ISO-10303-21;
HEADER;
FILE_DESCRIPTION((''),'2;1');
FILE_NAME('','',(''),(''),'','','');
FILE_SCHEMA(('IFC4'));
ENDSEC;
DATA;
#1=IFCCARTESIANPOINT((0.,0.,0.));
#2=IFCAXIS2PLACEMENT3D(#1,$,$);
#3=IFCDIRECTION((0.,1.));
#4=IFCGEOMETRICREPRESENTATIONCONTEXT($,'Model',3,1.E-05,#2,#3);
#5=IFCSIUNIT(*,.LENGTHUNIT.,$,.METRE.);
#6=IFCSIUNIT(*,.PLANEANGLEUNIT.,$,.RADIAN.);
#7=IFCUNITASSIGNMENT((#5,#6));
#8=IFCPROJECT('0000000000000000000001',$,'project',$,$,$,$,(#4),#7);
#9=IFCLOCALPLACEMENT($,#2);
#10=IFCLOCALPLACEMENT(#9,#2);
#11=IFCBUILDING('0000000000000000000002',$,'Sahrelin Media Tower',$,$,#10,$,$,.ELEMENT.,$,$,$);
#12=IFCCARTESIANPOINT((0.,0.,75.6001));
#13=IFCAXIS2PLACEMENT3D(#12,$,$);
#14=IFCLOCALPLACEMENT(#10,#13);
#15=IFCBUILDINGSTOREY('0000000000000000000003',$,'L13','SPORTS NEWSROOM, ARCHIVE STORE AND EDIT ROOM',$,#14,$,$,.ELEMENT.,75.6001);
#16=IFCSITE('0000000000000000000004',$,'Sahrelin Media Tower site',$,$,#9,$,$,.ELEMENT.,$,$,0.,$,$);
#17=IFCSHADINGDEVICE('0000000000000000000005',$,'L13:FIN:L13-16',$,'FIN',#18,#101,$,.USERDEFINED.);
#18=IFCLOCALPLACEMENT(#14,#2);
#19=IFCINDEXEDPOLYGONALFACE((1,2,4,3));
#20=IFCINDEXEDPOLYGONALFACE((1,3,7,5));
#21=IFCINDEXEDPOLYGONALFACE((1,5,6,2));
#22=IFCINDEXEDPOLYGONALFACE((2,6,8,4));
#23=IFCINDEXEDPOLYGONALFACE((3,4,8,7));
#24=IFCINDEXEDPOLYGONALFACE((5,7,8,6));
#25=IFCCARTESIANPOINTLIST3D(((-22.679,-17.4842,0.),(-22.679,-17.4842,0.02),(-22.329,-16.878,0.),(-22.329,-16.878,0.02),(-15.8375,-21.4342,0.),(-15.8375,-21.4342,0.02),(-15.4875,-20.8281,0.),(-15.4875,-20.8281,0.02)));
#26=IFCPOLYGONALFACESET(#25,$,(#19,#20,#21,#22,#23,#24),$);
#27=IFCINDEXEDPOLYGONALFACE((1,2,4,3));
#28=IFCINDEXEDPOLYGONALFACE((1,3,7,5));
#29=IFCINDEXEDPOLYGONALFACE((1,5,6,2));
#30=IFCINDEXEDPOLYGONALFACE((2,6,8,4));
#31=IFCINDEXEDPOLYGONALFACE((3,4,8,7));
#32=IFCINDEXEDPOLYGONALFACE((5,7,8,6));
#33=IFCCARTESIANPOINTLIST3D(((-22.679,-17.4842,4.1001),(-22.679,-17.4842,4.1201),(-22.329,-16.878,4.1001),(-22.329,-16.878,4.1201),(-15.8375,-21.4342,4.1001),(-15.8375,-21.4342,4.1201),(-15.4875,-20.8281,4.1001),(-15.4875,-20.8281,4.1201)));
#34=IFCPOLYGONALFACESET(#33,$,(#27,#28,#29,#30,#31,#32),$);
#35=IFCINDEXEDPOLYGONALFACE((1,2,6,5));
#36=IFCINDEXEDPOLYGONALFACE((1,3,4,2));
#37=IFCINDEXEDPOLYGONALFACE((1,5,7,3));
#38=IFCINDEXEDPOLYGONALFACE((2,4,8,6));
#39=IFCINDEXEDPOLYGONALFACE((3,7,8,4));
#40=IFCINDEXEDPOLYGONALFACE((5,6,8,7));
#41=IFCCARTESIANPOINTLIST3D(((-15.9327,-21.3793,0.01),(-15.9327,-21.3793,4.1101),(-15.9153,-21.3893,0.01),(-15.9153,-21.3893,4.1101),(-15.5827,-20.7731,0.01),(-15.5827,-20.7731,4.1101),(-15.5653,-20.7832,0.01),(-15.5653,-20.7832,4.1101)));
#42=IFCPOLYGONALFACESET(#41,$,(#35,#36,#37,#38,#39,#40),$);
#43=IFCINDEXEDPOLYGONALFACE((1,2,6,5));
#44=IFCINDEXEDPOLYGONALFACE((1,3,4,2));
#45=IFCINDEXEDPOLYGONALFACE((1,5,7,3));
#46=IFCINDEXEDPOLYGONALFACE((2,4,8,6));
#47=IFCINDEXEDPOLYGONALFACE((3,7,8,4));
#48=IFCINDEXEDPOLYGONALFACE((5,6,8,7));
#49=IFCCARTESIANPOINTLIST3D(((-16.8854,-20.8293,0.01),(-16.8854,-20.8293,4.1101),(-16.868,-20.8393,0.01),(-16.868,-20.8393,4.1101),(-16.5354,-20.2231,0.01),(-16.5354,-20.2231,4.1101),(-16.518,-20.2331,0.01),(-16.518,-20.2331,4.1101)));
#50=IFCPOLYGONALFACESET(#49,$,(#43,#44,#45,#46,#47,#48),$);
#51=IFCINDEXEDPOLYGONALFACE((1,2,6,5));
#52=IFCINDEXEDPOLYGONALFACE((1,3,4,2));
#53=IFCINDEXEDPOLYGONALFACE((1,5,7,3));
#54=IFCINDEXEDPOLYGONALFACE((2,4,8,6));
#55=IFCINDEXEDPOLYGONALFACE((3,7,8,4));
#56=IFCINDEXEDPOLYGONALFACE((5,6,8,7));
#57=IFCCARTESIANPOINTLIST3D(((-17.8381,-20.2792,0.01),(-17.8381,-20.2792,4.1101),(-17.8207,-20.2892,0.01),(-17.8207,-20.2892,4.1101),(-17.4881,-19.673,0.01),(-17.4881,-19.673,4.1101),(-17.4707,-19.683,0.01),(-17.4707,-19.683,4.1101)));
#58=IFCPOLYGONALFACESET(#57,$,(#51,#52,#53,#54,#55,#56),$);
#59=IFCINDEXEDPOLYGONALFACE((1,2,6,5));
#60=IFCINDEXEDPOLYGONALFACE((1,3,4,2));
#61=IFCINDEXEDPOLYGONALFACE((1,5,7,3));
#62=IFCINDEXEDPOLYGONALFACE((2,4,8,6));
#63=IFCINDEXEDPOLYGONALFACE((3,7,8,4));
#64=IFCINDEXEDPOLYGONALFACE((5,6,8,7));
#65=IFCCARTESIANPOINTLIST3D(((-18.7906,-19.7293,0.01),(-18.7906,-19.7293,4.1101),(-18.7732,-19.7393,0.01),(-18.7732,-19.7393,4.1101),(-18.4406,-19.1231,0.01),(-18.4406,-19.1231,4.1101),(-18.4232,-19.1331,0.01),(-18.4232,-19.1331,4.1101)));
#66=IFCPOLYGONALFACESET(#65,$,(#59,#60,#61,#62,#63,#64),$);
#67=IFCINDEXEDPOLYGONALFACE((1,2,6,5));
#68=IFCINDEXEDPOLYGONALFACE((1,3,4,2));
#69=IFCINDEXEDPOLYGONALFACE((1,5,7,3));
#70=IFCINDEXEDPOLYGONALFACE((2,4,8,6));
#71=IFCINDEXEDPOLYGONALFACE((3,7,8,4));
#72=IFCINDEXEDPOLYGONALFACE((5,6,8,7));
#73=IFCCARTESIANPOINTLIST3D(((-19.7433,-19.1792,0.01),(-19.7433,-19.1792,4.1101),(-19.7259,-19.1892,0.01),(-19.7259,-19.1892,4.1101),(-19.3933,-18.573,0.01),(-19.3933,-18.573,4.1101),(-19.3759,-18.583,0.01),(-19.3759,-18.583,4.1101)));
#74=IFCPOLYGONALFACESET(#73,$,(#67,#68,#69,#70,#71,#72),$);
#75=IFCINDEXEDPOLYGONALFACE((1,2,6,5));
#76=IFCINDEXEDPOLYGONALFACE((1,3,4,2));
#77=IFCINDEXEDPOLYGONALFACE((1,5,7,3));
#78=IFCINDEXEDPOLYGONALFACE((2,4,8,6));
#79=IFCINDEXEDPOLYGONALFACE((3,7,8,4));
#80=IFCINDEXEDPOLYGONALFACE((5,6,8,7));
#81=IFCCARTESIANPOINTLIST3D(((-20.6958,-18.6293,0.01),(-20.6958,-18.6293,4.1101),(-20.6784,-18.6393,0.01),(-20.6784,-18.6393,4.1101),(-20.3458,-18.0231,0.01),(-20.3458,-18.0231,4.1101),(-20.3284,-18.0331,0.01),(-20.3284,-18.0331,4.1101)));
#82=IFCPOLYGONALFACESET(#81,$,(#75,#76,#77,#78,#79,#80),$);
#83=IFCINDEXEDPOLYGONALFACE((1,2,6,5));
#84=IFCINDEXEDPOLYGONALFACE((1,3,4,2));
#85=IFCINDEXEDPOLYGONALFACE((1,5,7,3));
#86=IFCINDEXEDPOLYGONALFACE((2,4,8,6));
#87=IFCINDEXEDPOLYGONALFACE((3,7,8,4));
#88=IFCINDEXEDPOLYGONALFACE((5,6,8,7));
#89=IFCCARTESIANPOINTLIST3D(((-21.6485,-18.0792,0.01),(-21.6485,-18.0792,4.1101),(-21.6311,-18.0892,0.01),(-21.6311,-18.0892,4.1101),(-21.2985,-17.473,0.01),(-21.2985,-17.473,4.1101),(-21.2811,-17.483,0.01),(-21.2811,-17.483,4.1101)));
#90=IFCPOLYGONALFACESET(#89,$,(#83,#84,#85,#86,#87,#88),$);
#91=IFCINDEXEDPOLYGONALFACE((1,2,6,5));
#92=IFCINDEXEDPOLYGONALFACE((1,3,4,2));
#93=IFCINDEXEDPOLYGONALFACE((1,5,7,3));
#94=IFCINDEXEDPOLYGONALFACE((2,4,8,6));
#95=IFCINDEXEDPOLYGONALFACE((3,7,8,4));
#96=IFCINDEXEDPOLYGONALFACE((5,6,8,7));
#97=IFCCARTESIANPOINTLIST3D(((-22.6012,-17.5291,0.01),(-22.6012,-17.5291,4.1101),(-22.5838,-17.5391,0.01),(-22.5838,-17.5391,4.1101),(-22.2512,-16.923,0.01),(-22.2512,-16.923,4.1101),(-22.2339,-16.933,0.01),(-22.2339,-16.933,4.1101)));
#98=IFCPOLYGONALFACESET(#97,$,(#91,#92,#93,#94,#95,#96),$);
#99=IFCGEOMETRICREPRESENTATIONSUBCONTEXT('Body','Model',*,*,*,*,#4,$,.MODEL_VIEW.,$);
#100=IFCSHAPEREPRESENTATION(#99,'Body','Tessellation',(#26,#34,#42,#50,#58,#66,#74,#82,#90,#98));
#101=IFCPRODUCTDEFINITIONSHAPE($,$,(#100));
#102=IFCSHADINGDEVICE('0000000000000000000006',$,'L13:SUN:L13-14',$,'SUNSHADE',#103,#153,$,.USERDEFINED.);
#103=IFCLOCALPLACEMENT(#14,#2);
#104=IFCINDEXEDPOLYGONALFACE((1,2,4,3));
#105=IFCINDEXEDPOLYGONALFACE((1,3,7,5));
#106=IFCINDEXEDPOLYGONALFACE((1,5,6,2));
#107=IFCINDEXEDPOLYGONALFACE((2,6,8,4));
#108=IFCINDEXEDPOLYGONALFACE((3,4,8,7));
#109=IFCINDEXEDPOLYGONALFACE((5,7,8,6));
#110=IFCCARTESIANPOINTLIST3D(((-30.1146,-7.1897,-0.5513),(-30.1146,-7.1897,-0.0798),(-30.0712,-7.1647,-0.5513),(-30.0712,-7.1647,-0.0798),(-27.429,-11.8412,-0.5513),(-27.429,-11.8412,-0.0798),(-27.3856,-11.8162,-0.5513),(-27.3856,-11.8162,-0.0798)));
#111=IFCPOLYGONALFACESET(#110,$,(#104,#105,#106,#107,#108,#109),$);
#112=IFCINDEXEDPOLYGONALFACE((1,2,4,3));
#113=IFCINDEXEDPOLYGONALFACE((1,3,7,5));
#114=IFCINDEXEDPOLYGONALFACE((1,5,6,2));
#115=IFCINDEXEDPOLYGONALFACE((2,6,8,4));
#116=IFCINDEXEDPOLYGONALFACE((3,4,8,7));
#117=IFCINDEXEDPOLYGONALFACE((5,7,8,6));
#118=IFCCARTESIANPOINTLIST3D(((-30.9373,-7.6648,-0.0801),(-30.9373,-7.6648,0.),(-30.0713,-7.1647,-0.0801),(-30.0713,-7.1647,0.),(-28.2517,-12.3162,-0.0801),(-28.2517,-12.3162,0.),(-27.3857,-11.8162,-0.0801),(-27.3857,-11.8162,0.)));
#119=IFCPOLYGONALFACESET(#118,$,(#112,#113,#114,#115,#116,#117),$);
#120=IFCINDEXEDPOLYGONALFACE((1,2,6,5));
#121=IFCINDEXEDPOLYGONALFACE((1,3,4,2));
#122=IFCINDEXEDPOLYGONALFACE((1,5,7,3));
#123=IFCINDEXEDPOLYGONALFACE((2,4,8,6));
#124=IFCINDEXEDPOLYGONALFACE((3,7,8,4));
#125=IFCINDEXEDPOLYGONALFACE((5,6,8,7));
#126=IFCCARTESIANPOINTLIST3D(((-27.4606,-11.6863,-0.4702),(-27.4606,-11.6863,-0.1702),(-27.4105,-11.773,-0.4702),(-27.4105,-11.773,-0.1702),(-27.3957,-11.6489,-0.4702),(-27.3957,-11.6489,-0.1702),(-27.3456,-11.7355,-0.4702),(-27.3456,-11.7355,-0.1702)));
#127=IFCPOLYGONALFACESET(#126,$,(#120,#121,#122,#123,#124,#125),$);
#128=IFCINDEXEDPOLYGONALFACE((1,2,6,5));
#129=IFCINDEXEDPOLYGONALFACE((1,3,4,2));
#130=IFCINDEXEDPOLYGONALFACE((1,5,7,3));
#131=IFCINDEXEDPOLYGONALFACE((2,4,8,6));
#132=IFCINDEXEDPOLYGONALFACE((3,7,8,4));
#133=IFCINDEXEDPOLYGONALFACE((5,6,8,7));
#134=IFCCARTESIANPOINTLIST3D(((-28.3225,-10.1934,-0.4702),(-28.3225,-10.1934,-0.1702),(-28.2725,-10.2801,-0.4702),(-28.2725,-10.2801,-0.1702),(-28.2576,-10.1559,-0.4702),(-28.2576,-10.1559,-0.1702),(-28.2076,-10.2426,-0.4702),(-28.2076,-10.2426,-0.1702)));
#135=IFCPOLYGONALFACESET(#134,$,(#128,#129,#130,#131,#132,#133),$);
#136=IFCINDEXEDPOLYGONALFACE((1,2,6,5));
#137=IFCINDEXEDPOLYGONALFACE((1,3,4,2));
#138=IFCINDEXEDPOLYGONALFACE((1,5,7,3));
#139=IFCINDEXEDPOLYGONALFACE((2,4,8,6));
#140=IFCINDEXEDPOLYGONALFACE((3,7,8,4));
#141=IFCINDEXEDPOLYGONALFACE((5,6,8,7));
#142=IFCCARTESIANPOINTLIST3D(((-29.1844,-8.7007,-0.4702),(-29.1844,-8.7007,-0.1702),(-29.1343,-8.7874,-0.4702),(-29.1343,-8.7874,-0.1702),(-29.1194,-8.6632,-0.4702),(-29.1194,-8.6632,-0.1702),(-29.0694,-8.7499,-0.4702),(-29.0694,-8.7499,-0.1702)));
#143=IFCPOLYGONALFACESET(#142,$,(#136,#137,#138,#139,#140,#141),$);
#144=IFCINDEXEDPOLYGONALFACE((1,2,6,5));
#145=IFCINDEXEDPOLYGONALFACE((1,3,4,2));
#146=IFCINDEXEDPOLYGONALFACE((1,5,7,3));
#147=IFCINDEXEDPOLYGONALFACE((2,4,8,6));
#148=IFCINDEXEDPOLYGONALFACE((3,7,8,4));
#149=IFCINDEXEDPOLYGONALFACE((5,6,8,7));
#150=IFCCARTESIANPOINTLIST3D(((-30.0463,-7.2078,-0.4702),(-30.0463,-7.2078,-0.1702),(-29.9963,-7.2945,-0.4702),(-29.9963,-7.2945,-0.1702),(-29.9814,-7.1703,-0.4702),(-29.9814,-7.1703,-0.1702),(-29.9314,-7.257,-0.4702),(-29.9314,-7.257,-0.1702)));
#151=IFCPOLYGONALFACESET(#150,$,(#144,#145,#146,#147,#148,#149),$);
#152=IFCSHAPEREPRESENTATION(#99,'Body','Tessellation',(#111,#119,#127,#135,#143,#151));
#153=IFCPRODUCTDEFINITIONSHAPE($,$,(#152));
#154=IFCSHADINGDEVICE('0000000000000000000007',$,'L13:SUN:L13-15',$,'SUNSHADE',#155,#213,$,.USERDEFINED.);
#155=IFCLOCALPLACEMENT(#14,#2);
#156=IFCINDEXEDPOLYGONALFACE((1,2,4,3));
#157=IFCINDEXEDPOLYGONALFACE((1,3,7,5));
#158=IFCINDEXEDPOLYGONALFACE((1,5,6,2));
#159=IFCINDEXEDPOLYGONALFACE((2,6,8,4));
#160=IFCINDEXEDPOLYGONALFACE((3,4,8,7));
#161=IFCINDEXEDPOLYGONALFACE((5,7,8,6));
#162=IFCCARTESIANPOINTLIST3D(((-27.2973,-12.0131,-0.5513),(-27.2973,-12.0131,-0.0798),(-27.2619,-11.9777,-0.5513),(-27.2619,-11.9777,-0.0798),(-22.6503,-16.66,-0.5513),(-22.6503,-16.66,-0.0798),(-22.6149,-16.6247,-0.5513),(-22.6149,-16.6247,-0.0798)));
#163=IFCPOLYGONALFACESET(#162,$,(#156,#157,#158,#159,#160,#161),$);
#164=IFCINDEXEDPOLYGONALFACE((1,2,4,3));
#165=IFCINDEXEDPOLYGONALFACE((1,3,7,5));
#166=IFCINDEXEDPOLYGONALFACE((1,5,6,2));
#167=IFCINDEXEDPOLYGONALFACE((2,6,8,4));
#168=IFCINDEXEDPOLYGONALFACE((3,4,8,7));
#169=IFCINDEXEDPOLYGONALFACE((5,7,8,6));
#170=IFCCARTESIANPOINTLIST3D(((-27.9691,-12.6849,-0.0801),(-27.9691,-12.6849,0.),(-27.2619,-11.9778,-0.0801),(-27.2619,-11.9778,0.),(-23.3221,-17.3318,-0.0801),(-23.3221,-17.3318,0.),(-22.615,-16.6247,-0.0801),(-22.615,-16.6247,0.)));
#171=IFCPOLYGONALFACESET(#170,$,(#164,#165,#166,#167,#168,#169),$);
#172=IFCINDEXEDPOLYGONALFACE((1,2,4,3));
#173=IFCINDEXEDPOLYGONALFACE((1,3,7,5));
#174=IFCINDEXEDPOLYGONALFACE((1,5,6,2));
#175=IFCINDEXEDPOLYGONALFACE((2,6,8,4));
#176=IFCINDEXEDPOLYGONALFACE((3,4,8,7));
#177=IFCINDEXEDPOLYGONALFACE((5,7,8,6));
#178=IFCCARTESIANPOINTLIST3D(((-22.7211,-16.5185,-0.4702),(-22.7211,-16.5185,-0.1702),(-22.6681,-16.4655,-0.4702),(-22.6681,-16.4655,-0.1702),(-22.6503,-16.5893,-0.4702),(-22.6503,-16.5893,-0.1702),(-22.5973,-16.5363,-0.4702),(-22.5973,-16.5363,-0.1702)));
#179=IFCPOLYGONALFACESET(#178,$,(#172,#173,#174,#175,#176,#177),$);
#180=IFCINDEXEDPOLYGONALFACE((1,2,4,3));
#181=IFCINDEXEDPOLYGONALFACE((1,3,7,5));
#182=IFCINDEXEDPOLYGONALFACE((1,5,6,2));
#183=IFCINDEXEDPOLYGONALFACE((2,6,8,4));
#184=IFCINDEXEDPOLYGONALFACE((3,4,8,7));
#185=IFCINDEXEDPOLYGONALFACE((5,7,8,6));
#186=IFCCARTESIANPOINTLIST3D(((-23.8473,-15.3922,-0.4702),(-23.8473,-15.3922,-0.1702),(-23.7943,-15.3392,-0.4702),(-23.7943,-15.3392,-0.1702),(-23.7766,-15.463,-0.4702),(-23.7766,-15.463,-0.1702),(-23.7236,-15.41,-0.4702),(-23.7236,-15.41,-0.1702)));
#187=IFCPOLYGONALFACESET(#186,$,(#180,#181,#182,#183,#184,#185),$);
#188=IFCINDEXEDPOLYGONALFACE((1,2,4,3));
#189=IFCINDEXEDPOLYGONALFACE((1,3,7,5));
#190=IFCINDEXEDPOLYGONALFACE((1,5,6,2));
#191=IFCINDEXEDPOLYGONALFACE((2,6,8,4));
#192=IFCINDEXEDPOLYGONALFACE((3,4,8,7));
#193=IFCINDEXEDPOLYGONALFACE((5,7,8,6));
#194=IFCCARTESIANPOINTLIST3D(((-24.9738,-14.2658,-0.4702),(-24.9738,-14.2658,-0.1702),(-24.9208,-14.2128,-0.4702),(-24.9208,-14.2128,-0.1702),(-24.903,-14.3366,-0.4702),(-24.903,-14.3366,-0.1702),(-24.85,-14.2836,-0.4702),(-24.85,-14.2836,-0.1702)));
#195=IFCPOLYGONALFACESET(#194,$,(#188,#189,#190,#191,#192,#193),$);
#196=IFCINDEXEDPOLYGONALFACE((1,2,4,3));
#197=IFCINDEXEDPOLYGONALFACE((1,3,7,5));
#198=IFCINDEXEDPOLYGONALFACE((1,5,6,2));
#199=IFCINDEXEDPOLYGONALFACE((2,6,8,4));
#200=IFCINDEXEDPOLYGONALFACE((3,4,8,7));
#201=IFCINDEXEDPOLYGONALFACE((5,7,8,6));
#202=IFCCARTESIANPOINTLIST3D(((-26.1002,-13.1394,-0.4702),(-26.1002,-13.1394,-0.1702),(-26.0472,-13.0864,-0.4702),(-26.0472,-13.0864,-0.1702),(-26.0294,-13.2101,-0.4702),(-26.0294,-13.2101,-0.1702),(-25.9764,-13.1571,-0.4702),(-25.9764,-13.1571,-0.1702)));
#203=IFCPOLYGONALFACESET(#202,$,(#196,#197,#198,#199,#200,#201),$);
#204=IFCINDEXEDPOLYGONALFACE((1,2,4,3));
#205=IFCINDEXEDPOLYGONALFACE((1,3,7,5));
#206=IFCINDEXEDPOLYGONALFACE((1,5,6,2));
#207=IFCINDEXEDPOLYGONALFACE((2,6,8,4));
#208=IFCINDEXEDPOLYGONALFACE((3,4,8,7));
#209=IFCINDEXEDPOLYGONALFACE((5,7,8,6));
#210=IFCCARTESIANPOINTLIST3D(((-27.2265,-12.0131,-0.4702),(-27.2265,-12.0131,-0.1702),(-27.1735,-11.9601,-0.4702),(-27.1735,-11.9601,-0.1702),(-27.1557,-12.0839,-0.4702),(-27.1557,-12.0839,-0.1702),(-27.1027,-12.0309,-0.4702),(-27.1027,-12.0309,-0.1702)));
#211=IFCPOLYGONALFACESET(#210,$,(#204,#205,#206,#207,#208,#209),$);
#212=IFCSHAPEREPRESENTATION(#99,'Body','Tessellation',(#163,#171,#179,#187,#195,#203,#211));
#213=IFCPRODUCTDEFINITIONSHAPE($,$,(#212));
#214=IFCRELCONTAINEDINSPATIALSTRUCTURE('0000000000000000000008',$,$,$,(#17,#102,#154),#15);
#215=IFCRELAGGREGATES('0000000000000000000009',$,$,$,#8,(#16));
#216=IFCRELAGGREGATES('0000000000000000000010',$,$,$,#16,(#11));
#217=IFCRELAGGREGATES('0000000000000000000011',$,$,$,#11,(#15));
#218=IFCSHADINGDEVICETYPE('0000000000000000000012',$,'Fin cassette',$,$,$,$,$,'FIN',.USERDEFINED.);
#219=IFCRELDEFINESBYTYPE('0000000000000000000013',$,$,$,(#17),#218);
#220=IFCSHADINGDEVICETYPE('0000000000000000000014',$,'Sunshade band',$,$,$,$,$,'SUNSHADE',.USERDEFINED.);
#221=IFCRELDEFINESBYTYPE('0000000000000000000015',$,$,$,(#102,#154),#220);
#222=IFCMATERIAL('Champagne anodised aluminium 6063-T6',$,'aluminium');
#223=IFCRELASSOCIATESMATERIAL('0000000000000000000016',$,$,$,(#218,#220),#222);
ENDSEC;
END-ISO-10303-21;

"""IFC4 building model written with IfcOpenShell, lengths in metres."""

from ifc_helpers import new_model, si_unit, direction, frame, origin, origin_2d, place, context, subcontext, project, spatial, rectangle, extrude, material, type_object, element, save


model = new_model("IFC4")

# Units and contexts
model_context = context("Model", 3, precision=1e-05, world=origin(), true_north=direction((0.0, 1.0)))
body_context = subcontext(model_context, "Body", "Model", "MODEL_VIEW")
ifc_project = project(units=[si_unit("LENGTHUNIT", "METRE"), si_unit("PLANEANGLEUNIT", "RADIAN")], contexts=[model_context])

# Site, building, storey
site_placement = place(None, origin())
site = spatial("IfcSite", under=ifc_project, at=site_placement, Name="Sahrelin Media Tower site", CompositionType="ELEMENT", RefElevation=0.0)
building_placement = place(site_placement, origin())
building = spatial("IfcBuilding", under=site, at=building_placement, Name="Sahrelin Media Tower", CompositionType="ELEMENT")
storey_placement = place(building_placement, frame((0.0, 0.0, 75.6001)))
storey = spatial("IfcBuildingStorey", under=building, at=storey_placement, Name="L13", Description="SPORTS NEWSROOM, ARCHIVE STORE AND EDIT ROOM", CompositionType="ELEMENT", Elevation=75.6001)

# Shared definitions
ifc_material_1 = material(Name="Champagne anodised aluminium 6063-T6", Category="aluminium")

# Shading devices
shading_device_type_1 = type_object("IfcShadingDeviceType", Name="Fin cassette", ElementType="FIN", PredefinedType="USERDEFINED", material=ifc_material_1)
placement_1 = place(storey_placement, frame((-28.7112, -9.4805, 0.0), z_axis=(0.0, 0.0, 1.0), x_axis=(-0.500011, 0.866019, 0.0)))
placement_2 = place(storey_placement, frame((-24.9243, -14.2871, 0.0), z_axis=(0.0, 0.0, 1.0), x_axis=(-0.707107, 0.707107, 0.0)))
placement_3 = place(storey_placement, frame((-18.8733, -18.7925, 0.0), z_axis=(0.0, 0.0, 1.0), x_axis=(-0.866019, 0.500011, 0.0)))
element("IfcShadingDevice", 1, at=placement_3, inside=storey, type_object=shading_device_type_1, Name="L13:FIN:L13-16", ObjectType="FIN", PredefinedType="USERDEFINED", context=body_context, shape_type="SweptSolid", body=[
    extrude(rectangle(XDim=7.8999, YDim=0.7, at=origin_2d()), frame((0.0, 0.4199, 0.0)), (0.0, 0.0, 1.0), 0.02),
    extrude(rectangle(XDim=7.8999, YDim=0.7, at=origin_2d()), frame((0.0, 0.4199, 4.1001)), (0.0, 0.0, 1.0), 0.02),
    extrude(rectangle(XDim=0.02, YDim=0.7, at=origin_2d()), frame((-3.8501, 0.4199, 0.01), z_axis=(0.0, 0.0, 1.0), x_axis=(1.0, 0.0, 0.0)), (0.0, 0.0, 1.0), 4.1001),
    extrude(rectangle(XDim=0.02, YDim=0.7, at=origin_2d()), frame((-2.75, 0.4199, 0.01), z_axis=(0.0, 0.0, 1.0), x_axis=(1.0, 0.0, 0.0)), (0.0, 0.0, 1.0), 4.1001),
    extrude(rectangle(XDim=0.02, YDim=0.7, at=origin_2d()), frame((-1.6499, 0.4199, 0.01), z_axis=(0.0, 0.0, 1.0), x_axis=(1.0, 0.0, 0.0)), (0.0, 0.0, 1.0), 4.1001),
    extrude(rectangle(XDim=0.02, YDim=0.7, at=origin_2d()), frame((-0.55, 0.4199, 0.01), z_axis=(0.0, 0.0, 1.0), x_axis=(1.0, 0.0, 0.0)), (0.0, 0.0, 1.0), 4.1001),
    extrude(rectangle(XDim=0.02, YDim=0.7, at=origin_2d()), frame((0.55, 0.4199, 0.01), z_axis=(0.0, 0.0, 1.0), x_axis=(1.0, 0.0, 0.0)), (0.0, 0.0, 1.0), 4.1001),
    extrude(rectangle(XDim=0.02, YDim=0.7, at=origin_2d()), frame((1.6499, 0.4199, 0.01), z_axis=(0.0, 0.0, 1.0), x_axis=(1.0, 0.0, 0.0)), (0.0, 0.0, 1.0), 4.1001),
    extrude(rectangle(XDim=0.02, YDim=0.7, at=origin_2d()), frame((2.75, 0.4199, 0.01), z_axis=(0.0, 0.0, 1.0), x_axis=(1.0, 0.0, 0.0)), (0.0, 0.0, 1.0), 4.1001),
    extrude(rectangle(XDim=0.02, YDim=0.7, at=origin_2d()), frame((3.8501, 0.4199, 0.01), z_axis=(0.0, 0.0, 1.0), x_axis=(1.0, 0.0, 0.0)), (0.0, 0.0, 1.0), 4.1001),
])
shading_device_type_2 = type_object("IfcShadingDeviceType", Name="Sunshade band", ElementType="SUNSHADE", PredefinedType="USERDEFINED", material=ifc_material_1)
element("IfcShadingDevice", 2, at=placement_1, inside=storey, type_object=shading_device_type_2, Name="L13:SUN:L13-14", ObjectType="SUNSHADE", PredefinedType="USERDEFINED", context=body_context, shape_type="SweptSolid", body=[
    extrude(rectangle(XDim=5.3711, YDim=0.05, at=origin_2d()), frame((0.0, 0.0449, -0.5513)), (0.0, 0.0, 1.0), 0.4714),
    extrude(rectangle(XDim=5.3711, YDim=1.0, at=origin_2d()), frame((0.0, 0.52, -0.0801)), (0.0, 0.0, 1.0), 0.0801),
    extrude(rectangle(XDim=0.1001, YDim=0.075, at=origin_2d()), frame((-2.5857, -0.0176, -0.4702)), (0.0, 0.0, 1.0), 0.3),
    extrude(rectangle(XDim=0.1001, YDim=0.075, at=origin_2d()), frame((-0.8618, -0.0176, -0.4702)), (0.0, 0.0, 1.0), 0.3),
    extrude(rectangle(XDim=0.1001, YDim=0.075, at=origin_2d()), frame((0.8618, -0.0176, -0.4702)), (0.0, 0.0, 1.0), 0.3),
    extrude(rectangle(XDim=0.1001, YDim=0.075, at=origin_2d()), frame((2.5857, -0.0176, -0.4702)), (0.0, 0.0, 1.0), 0.3),
])
element("IfcShadingDevice", 3, at=placement_2, inside=storey, type_object=shading_device_type_2, Name="L13:SUN:L13-15", ObjectType="SUNSHADE", PredefinedType="USERDEFINED", context=body_context, shape_type="SweptSolid", body=[
    extrude(rectangle(XDim=6.5718, YDim=0.05, at=origin_2d()), frame((0.0, 0.0449, -0.5513)), (0.0, 0.0, 1.0), 0.4714),
    extrude(rectangle(XDim=6.5718, YDim=1.0, at=origin_2d()), frame((0.0, 0.52, -0.0801)), (0.0, 0.0, 1.0), 0.0801),
    extrude(rectangle(XDim=0.1001, YDim=0.075, at=origin_2d()), frame((-3.1858, -0.0176, -0.4702)), (0.0, 0.0, 1.0), 0.3),
    extrude(rectangle(XDim=0.1001, YDim=0.075, at=origin_2d()), frame((-1.593, -0.0176, -0.4702)), (0.0, 0.0, 1.0), 0.3),
    extrude(rectangle(XDim=0.1001, YDim=0.075, at=origin_2d()), frame((0.0, -0.0176, -0.4702)), (0.0, 0.0, 1.0), 0.3),
    extrude(rectangle(XDim=0.1001, YDim=0.075, at=origin_2d()), frame((1.593, -0.0176, -0.4702)), (0.0, 0.0, 1.0), 0.3),
    extrude(rectangle(XDim=0.1001, YDim=0.075, at=origin_2d()), frame((3.1858, -0.0176, -0.4702)), (0.0, 0.0, 1.0), 0.3),
])

save(model, "model.ifc")
